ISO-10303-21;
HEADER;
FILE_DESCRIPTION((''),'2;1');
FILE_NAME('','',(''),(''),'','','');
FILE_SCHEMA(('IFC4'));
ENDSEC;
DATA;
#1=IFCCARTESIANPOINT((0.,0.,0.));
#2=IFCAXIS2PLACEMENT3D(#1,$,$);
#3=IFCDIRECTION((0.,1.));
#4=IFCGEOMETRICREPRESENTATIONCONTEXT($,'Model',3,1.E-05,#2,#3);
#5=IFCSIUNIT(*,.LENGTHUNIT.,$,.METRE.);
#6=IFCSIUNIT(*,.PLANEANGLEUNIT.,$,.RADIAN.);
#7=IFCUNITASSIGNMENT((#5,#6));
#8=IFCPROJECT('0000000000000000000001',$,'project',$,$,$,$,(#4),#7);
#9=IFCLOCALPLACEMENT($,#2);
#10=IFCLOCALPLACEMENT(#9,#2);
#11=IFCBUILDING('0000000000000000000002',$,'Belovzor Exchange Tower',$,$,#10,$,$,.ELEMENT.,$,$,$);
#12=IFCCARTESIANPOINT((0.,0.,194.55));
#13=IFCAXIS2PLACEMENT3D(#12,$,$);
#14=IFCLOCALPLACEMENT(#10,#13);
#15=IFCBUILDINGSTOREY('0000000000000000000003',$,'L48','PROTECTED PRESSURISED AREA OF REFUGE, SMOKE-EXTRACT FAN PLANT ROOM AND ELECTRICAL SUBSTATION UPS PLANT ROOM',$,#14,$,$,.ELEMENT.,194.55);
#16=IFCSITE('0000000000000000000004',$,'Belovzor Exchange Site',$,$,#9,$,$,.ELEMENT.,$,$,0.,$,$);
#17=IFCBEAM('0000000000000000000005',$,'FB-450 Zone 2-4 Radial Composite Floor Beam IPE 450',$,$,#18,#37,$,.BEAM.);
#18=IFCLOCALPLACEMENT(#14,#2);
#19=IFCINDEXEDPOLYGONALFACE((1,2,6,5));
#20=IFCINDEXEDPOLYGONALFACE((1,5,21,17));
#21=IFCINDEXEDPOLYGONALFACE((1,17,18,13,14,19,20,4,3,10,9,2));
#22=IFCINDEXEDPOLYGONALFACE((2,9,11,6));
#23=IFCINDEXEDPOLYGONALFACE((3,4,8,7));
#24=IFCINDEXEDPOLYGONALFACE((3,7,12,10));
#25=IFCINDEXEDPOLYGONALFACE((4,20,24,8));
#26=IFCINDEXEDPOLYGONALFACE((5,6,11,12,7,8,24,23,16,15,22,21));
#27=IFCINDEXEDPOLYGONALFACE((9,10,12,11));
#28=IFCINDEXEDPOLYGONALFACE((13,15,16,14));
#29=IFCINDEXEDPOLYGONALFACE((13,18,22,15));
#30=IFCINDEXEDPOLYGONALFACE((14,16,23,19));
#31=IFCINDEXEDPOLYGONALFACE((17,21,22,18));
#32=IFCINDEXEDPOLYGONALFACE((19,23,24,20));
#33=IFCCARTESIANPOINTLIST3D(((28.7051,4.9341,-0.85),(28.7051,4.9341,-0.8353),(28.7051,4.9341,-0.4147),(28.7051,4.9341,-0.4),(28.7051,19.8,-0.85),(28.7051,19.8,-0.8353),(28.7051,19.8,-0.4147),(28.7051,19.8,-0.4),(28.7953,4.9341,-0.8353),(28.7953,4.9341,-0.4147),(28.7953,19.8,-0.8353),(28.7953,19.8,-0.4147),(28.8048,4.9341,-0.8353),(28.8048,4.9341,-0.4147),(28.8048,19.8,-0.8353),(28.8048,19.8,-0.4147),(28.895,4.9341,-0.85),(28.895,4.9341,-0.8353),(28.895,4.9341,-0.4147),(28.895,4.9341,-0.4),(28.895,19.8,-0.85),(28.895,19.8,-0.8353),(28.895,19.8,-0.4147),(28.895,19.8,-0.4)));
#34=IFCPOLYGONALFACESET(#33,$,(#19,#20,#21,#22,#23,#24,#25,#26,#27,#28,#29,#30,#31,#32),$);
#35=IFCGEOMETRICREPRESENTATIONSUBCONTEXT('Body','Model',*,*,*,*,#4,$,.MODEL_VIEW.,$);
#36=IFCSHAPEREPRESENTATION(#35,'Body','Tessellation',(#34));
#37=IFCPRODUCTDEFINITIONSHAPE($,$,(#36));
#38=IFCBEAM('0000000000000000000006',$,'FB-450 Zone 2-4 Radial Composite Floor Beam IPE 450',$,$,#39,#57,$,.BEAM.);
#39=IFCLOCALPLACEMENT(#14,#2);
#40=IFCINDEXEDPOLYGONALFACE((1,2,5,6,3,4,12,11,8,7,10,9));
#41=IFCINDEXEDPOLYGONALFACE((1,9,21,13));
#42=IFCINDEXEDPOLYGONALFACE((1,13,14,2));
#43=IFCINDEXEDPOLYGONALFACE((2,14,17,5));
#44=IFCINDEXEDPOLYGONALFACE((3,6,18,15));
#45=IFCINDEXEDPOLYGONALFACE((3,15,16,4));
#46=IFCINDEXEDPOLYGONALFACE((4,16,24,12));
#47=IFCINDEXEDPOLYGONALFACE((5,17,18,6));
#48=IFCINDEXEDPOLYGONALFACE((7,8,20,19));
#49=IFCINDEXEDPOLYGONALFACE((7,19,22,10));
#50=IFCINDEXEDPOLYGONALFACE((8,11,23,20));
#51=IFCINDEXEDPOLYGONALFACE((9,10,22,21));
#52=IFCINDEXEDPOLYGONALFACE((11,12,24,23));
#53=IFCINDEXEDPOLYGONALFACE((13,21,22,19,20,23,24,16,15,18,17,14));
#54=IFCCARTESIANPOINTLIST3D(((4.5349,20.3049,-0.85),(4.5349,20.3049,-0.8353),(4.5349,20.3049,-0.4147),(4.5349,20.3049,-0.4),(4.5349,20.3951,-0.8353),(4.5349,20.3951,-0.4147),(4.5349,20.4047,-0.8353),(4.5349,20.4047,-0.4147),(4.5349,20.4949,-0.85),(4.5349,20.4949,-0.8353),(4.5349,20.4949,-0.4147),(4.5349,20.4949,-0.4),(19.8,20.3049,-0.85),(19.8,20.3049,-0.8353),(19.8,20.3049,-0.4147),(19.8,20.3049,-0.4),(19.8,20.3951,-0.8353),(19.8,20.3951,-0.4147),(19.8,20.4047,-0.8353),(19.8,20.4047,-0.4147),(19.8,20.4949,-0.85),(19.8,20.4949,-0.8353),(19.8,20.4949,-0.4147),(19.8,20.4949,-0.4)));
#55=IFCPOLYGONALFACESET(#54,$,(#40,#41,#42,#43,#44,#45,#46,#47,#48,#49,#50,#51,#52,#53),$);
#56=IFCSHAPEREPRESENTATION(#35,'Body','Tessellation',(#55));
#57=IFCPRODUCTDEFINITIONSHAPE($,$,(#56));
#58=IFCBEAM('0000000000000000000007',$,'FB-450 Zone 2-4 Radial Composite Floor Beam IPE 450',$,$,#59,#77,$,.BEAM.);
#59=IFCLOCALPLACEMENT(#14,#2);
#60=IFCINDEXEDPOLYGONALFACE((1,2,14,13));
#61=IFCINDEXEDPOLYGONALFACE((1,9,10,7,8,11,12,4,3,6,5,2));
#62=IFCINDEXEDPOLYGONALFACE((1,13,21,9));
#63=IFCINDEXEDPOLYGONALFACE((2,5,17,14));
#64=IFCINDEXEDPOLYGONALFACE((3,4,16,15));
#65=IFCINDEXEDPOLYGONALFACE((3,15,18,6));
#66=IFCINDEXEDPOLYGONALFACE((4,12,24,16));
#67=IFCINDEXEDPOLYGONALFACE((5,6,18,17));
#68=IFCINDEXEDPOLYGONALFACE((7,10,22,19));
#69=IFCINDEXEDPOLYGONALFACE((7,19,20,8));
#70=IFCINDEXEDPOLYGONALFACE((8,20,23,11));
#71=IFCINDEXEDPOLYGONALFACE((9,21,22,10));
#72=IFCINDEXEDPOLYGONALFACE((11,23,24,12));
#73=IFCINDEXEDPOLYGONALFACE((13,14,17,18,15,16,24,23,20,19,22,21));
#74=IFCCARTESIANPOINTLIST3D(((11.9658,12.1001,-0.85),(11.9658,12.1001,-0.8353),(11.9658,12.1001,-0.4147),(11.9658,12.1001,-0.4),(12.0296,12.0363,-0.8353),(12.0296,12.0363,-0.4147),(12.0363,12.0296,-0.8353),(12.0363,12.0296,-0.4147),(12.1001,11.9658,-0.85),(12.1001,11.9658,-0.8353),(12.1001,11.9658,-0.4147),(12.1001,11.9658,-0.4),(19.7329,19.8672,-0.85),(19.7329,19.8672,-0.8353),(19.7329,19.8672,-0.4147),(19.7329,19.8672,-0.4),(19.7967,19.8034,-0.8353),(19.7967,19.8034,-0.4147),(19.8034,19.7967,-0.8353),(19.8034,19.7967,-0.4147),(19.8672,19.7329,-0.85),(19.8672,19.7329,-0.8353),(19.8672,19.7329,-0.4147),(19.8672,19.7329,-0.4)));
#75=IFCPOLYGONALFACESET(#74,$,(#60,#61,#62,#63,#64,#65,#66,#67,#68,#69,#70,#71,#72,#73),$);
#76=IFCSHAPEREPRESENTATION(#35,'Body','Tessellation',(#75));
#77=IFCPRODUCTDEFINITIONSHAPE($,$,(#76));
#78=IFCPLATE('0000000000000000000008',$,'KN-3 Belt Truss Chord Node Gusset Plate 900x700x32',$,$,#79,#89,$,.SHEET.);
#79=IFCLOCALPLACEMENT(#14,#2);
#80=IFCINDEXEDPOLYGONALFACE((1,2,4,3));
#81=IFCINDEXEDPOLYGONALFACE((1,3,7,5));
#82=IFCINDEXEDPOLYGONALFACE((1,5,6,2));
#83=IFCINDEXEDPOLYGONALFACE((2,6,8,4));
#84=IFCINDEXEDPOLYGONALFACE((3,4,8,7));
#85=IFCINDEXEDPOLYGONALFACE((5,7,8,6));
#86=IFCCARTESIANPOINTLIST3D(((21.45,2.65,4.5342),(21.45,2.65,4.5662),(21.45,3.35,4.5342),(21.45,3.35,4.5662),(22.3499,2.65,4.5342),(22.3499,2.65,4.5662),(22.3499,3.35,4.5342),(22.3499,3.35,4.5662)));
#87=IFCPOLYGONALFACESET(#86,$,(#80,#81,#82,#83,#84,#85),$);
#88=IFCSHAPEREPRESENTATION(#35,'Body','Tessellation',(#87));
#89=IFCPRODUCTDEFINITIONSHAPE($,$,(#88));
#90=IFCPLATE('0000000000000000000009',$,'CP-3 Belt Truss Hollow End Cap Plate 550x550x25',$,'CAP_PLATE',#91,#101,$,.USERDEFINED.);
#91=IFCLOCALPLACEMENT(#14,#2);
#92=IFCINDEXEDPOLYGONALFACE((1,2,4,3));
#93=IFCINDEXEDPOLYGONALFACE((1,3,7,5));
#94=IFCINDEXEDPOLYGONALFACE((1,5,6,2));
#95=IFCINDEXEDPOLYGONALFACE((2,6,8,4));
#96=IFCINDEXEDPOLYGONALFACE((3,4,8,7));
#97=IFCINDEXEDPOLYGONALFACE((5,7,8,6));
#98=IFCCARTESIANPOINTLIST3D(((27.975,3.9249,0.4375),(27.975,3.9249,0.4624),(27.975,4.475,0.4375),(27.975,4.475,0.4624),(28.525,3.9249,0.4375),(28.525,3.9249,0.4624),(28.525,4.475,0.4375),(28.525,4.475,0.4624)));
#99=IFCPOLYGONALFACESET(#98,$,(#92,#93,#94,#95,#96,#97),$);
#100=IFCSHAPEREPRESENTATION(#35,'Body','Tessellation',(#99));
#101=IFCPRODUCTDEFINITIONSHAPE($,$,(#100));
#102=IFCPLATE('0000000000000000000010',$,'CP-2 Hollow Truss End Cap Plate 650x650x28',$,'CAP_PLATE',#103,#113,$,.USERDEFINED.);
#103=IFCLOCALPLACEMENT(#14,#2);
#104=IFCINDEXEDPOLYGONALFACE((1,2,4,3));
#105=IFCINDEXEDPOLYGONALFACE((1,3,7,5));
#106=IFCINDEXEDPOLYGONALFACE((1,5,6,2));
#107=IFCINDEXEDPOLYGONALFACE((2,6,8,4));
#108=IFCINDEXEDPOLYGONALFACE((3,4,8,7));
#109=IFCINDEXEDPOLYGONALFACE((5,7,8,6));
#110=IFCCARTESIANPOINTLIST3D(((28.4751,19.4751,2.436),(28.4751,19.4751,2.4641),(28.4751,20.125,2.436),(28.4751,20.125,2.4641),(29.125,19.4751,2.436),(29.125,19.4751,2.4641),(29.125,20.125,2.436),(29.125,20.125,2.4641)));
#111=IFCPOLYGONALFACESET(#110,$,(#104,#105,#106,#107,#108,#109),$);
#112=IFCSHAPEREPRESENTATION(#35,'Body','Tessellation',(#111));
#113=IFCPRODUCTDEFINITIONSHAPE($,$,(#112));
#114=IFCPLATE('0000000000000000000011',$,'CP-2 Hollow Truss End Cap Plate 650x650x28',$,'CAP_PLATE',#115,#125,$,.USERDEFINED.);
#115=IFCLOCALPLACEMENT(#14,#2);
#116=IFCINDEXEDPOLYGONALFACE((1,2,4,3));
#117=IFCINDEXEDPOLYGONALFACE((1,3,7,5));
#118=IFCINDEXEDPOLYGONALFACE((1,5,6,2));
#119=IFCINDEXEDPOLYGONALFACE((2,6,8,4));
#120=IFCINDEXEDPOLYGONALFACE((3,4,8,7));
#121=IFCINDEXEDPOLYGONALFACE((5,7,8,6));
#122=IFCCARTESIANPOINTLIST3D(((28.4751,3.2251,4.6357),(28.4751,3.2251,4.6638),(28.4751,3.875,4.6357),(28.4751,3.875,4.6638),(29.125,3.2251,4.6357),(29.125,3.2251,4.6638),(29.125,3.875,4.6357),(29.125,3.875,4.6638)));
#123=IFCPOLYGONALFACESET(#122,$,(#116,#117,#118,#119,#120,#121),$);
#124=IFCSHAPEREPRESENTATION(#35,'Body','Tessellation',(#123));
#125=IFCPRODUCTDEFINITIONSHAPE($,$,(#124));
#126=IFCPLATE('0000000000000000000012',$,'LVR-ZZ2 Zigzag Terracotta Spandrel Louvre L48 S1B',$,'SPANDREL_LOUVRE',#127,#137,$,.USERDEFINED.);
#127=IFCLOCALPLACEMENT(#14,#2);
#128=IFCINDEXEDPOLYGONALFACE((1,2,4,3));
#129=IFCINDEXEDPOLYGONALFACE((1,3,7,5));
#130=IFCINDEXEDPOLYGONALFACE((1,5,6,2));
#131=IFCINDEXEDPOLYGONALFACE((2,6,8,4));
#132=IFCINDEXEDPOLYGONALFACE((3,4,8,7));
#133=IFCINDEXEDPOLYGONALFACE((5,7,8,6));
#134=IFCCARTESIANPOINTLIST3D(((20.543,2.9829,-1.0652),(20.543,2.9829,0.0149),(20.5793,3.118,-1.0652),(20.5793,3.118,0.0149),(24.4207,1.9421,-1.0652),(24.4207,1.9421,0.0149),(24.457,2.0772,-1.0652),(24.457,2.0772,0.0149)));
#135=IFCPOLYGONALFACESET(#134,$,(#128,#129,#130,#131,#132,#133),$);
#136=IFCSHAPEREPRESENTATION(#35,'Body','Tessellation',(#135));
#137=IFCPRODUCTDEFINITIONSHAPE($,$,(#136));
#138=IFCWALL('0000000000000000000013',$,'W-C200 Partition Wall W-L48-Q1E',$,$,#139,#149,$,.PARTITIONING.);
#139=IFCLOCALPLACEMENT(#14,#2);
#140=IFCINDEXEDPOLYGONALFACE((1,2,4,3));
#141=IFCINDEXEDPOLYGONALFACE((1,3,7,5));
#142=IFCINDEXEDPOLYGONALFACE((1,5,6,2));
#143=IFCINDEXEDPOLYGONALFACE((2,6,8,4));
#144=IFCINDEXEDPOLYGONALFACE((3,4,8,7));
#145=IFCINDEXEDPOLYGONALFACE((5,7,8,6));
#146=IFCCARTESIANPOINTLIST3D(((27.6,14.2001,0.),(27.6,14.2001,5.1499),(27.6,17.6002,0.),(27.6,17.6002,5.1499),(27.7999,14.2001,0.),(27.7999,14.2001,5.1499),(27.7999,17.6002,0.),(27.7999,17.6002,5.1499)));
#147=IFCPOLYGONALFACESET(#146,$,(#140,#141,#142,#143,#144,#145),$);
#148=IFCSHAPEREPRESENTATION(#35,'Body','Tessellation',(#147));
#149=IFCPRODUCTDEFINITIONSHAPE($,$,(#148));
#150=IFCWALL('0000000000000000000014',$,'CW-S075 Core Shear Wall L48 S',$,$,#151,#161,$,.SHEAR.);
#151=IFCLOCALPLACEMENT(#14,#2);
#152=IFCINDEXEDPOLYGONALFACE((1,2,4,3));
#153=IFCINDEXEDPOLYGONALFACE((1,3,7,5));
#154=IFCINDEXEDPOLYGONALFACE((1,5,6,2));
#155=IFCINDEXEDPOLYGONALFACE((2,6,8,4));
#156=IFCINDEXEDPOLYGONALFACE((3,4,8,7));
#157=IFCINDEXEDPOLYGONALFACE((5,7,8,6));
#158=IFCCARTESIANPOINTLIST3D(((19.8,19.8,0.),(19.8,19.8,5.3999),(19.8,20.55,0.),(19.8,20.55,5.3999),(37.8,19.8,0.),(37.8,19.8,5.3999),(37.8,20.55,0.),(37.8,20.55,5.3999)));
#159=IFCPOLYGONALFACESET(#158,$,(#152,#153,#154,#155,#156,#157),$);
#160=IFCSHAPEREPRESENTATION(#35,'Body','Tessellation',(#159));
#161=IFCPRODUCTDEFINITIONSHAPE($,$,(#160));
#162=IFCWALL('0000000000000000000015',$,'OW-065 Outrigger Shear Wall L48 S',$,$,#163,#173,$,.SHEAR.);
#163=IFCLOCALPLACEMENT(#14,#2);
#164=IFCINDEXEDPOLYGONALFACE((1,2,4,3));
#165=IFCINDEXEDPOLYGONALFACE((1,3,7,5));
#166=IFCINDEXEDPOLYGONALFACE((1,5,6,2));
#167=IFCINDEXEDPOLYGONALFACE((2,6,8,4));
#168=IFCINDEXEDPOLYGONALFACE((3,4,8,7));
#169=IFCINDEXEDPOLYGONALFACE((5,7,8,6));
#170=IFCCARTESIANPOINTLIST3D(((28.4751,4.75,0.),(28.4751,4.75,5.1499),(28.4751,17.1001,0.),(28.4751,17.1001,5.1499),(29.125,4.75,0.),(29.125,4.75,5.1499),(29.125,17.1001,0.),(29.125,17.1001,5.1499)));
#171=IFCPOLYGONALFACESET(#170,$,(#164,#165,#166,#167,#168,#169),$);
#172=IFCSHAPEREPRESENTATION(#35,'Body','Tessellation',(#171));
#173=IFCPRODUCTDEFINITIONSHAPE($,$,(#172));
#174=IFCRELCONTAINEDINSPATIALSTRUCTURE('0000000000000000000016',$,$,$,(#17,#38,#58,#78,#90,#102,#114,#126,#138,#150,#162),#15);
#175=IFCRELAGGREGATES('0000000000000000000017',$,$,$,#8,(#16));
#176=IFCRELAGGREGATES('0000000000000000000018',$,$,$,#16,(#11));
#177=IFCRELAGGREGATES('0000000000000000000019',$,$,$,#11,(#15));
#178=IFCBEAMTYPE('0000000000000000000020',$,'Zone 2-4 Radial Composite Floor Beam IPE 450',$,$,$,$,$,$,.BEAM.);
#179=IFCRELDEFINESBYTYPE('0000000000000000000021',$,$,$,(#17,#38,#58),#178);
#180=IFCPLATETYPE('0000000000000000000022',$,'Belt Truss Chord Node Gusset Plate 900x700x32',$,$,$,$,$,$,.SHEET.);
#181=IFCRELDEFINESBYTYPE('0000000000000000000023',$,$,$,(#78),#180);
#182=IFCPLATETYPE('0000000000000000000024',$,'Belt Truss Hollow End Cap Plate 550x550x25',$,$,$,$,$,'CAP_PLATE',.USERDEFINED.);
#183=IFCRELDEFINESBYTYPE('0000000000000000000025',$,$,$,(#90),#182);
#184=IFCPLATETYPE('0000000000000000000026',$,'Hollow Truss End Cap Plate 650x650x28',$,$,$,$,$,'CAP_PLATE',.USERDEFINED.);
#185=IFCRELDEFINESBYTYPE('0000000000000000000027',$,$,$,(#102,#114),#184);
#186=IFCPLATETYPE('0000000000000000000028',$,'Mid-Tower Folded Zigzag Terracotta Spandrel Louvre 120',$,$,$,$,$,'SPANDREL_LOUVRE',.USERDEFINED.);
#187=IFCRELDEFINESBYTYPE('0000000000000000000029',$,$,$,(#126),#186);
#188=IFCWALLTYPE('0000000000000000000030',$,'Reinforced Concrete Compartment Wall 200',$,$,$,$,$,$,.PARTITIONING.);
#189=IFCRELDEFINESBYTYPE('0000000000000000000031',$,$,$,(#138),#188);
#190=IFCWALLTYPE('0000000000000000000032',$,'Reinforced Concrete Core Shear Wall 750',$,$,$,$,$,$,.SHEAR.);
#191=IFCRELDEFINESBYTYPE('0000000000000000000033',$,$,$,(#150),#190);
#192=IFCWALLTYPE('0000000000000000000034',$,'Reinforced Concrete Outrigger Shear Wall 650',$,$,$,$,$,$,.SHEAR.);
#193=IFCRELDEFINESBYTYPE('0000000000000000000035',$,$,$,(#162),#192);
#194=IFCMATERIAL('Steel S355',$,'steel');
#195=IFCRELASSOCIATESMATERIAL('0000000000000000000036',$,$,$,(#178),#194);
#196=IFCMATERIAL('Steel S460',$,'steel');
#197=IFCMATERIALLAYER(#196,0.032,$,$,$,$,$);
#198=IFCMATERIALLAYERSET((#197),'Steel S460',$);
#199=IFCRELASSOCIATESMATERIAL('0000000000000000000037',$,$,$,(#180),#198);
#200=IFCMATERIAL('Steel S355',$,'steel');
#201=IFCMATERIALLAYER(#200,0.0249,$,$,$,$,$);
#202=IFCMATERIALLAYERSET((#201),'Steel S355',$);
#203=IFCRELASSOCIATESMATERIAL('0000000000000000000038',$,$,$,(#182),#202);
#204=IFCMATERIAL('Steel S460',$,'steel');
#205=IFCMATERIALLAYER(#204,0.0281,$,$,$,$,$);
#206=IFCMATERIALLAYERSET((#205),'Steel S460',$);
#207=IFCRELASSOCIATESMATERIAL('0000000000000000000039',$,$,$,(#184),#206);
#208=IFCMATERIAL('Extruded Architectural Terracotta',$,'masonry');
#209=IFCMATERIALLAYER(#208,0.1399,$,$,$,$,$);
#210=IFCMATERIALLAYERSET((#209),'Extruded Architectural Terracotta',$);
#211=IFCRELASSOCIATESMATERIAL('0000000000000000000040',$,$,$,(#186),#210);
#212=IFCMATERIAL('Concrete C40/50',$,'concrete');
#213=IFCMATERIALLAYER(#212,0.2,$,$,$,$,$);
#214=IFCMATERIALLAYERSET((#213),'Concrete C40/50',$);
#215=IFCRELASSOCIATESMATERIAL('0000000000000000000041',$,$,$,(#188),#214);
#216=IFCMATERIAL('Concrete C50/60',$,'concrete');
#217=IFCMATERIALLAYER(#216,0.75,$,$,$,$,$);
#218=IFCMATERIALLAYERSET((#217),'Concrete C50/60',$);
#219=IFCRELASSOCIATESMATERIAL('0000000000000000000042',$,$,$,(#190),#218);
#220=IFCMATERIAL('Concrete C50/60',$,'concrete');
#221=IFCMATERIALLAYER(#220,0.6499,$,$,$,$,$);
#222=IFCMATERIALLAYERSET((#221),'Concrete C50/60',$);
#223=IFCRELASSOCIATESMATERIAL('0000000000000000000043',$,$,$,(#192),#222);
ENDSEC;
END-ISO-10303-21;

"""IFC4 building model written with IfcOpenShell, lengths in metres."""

from ifc_helpers import new_model, si_unit, direction, frame, frame_2d, origin, origin_2d, place, context, subcontext, project, spatial, rectangle, i_section, extrude, material, layer, layer_set, material_profile, profile_set, type_object, element, save


model = new_model("IFC4")

# Units and contexts
model_context = context("Model", 3, precision=1e-05, world=origin(), true_north=direction((0.0, 1.0)))
body_context = subcontext(model_context, "Body", "Model", "MODEL_VIEW")
ifc_project = project(units=[si_unit("LENGTHUNIT", "METRE"), si_unit("PLANEANGLEUNIT", "RADIAN")], contexts=[model_context])

# Site, building, storey
site_placement = place(None, origin())
site = spatial("IfcSite", under=ifc_project, at=site_placement, Name="Belovzor Exchange Site", CompositionType="ELEMENT", RefElevation=0.0)
building_placement = place(site_placement, origin())
building = spatial("IfcBuilding", under=site, at=building_placement, Name="Belovzor Exchange Tower", CompositionType="ELEMENT")
storey_placement = place(building_placement, frame((0.0, 0.0, 194.55)))
storey = spatial("IfcBuildingStorey", under=building, at=storey_placement, Name="L48", Description="PROTECTED PRESSURISED AREA OF REFUGE, SMOKE-EXTRACT FAN PLANT ROOM AND ELECTRICAL SUBSTATION UPS PLANT ROOM", CompositionType="ELEMENT", Elevation=194.55)

# Beams
ifc_material_1 = material(Name="Steel S355", Category="steel")
ifc_material_profile_1 = material_profile(ifc_material_1, i_section(OverallWidth=0.1899, OverallDepth=0.45, WebThickness=0.0095, FlangeThickness=0.0146, at=origin_2d()))
ifc_profile_set_1 = profile_set([ifc_material_profile_1], Name="Steel S355")
beam_type_1 = type_object("IfcBeamType", Name="Zone 2-4 Radial Composite Floor Beam IPE 450", PredefinedType="BEAM", material=ifc_profile_set_1)
beam_1_placement = place(storey_placement, frame((28.8, 19.8, -0.625), z_axis=(0.0, -1.0, 0.0), x_axis=(1.0, 0.0, 0.0)))
element("IfcBeam", 1, at=beam_1_placement, inside=storey, type_object=beam_type_1, Name="FB-450 Zone 2-4 Radial Composite Floor Beam IPE 450", PredefinedType="BEAM", context=body_context, shape_type="SweptSolid", body=[
    extrude(i_section(OverallWidth=0.1899, OverallDepth=0.45, WebThickness=0.0095, FlangeThickness=0.0146, at=origin_2d()), origin(), (0.0, 0.0, 1.0), 14.866),
])
beam_2_placement = place(storey_placement, frame((19.8, 20.3999, -0.625), z_axis=(-1.0, 0.0, 0.0), x_axis=(0.0, -1.0, 0.0)))
element("IfcBeam", 2, at=beam_2_placement, inside=storey, type_object=beam_type_1, Name="FB-450 Zone 2-4 Radial Composite Floor Beam IPE 450", PredefinedType="BEAM", context=body_context, shape_type="SweptSolid", body=[
    extrude(i_section(OverallWidth=0.1899, OverallDepth=0.45, WebThickness=0.0095, FlangeThickness=0.0146, at=origin_2d()), origin(), (0.0, 0.0, 1.0), 15.2651),
])
beam_3_placement = place(storey_placement, frame((19.8, 19.8, -0.625), z_axis=(-0.707107, -0.707107, 0.0), x_axis=(0.707107, -0.707107, 0.0)))
element("IfcBeam", 3, at=beam_3_placement, inside=storey, type_object=beam_type_1, Name="FB-450 Zone 2-4 Radial Composite Floor Beam IPE 450", PredefinedType="BEAM", context=body_context, shape_type="SweptSolid", body=[
    extrude(i_section(OverallWidth=0.1899, OverallDepth=0.45, WebThickness=0.0095, FlangeThickness=0.0146, at=origin_2d()), origin(), (0.0, 0.0, 1.0), 10.9844),
])

# Plates
ifc_material_2 = material(Name="Steel S460", Category="steel")
ifc_layer_1 = layer(ifc_material_2, 0.032)
ifc_layer_set_1 = layer_set([ifc_layer_1], Name="Steel S460")
plate_type_1 = type_object("IfcPlateType", Name="Belt Truss Chord Node Gusset Plate 900x700x32", PredefinedType="SHEET", material=ifc_layer_set_1)
plate_1_placement = place(storey_placement, frame((21.8999, 3.0, 4.5342), z_axis=(0.0, 0.0, 1.0), x_axis=(1.0, 0.0, 0.0)))
element("IfcPlate", 4, at=plate_1_placement, inside=storey, type_object=plate_type_1, Name="KN-3 Belt Truss Chord Node Gusset Plate 900x700x32", PredefinedType="SHEET", context=body_context, shape_type="SweptSolid", body=[
    extrude(rectangle(XDim=0.8999, YDim=0.7, at=origin_2d()), origin(), (0.0, 0.0, 1.0), 0.032),
])
ifc_material_3 = material(Name="Steel S355", Category="steel")
ifc_layer_2 = layer(ifc_material_3, 0.0249)
ifc_layer_set_2 = layer_set([ifc_layer_2], Name="Steel S355")
plate_type_2 = type_object("IfcPlateType", Name="Belt Truss Hollow End Cap Plate 550x550x25", ElementType="CAP_PLATE", PredefinedType="USERDEFINED", material=ifc_layer_set_2)
plate_2_placement = place(storey_placement, frame((28.25, 4.2, 0.4375), z_axis=(0.0, 0.0, 1.0), x_axis=(1.0, 0.0, 0.0)))
element("IfcPlate", 5, at=plate_2_placement, inside=storey, type_object=plate_type_2, Name="CP-3 Belt Truss Hollow End Cap Plate 550x550x25", ObjectType="CAP_PLATE", PredefinedType="USERDEFINED", context=body_context, shape_type="SweptSolid", body=[
    extrude(rectangle(XDim=0.55, YDim=0.55, at=origin_2d()), origin(), (0.0, 0.0, 1.0), 0.0249),
])
ifc_material_4 = material(Name="Steel S460", Category="steel")
ifc_layer_3 = layer(ifc_material_4, 0.0281)
ifc_layer_set_3 = layer_set([ifc_layer_3], Name="Steel S460")
plate_type_3 = type_object("IfcPlateType", Name="Hollow Truss End Cap Plate 650x650x28", ElementType="CAP_PLATE", PredefinedType="USERDEFINED", material=ifc_layer_set_3)
for number, where, z_axis, x_axis, name in (
    (6, (28.8, 19.8, 2.436), (0.0, 0.0, 1.0), (1.0, 0.0, 0.0), "CP-2 Hollow Truss End Cap Plate 650x650x28"),
    (7, (28.8, 3.55, 4.6357), (0.0, 0.0, 1.0), (1.0, 0.0, 0.0), "CP-2 Hollow Truss End Cap Plate 650x650x28"),
):
    element("IfcPlate", number, at=place(storey_placement, frame(where, z_axis=z_axis, x_axis=x_axis)), inside=storey, type_object=plate_type_3, Name=name, ObjectType="CAP_PLATE", PredefinedType="USERDEFINED", context=body_context, shape_type="SweptSolid", body=[
        extrude(rectangle(XDim=0.6499, YDim=0.6499, at=origin_2d()), origin(), (0.0, 0.0, 1.0), 0.0281),
    ])
ifc_material_5 = material(Name="Extruded Architectural Terracotta", Category="masonry")
ifc_layer_4 = layer(ifc_material_5, 0.1399)
ifc_layer_set_4 = layer_set([ifc_layer_4], Name="Extruded Architectural Terracotta")
plate_type_4 = type_object("IfcPlateType", Name="Mid-Tower Folded Zigzag Terracotta Spandrel Louvre 120", ElementType="SPANDREL_LOUVRE", PredefinedType="USERDEFINED", material=ifc_layer_set_4)
plate_3_placement = place(storey_placement, frame((22.5, 2.53, -1.0652), z_axis=(0.0, 0.0, 1.0), x_axis=(0.965813, -0.25924, 0.0)))
element("IfcPlate", 8, at=plate_3_placement, inside=storey, type_object=plate_type_4, Name="LVR-ZZ2 Zigzag Terracotta Spandrel Louvre L48 S1B", ObjectType="SPANDREL_LOUVRE", PredefinedType="USERDEFINED", context=body_context, shape_type="SweptSolid", body=[
    extrude(rectangle(XDim=4.0149, YDim=0.1399, at=origin_2d()), origin(), (0.0, 0.0, 1.0), 1.0801),
])

# Walls
ifc_material_6 = material(Name="Concrete C40/50", Category="concrete")
ifc_layer_5 = layer(ifc_material_6, 0.2)
ifc_layer_set_5 = layer_set([ifc_layer_5], Name="Concrete C40/50")
wall_type_1 = type_object("IfcWallType", Name="Reinforced Concrete Compartment Wall 200", PredefinedType="PARTITIONING", material=ifc_layer_set_5)
wall_1_placement = place(storey_placement, frame((27.7, 14.2, 0.0), z_axis=(0.0, 0.0, 1.0), x_axis=(0.0, 1.0, 0.0)))
element("IfcWall", 9, at=wall_1_placement, inside=storey, type_object=wall_type_1, Name="W-C200 Partition Wall W-L48-Q1E", PredefinedType="PARTITIONING", context=body_context, shape_type="SweptSolid", body=[
    extrude(rectangle(XDim=3.4001, YDim=0.2, at=frame_2d((1.7002, 0.0))), origin(), (0.0, 0.0, 1.0), 5.1499),
])
ifc_material_7 = material(Name="Concrete C50/60", Category="concrete")
ifc_layer_6 = layer(ifc_material_7, 0.75)
ifc_layer_set_6 = layer_set([ifc_layer_6], Name="Concrete C50/60")
wall_type_2 = type_object("IfcWallType", Name="Reinforced Concrete Core Shear Wall 750", PredefinedType="SHEAR", material=ifc_layer_set_6)
wall_2_placement = place(storey_placement, frame((19.8, 20.175, 0.0), z_axis=(0.0, 0.0, 1.0), x_axis=(1.0, 0.0, 0.0)))
element("IfcWall", 10, at=wall_2_placement, inside=storey, type_object=wall_type_2, Name="CW-S075 Core Shear Wall L48 S", PredefinedType="SHEAR", context=body_context, shape_type="SweptSolid", body=[
    extrude(rectangle(XDim=18.0, YDim=0.75, at=frame_2d((9.0, 0.0))), origin(), (0.0, 0.0, 1.0), 5.3999),
])
ifc_material_8 = material(Name="Concrete C50/60", Category="concrete")
ifc_layer_7 = layer(ifc_material_8, 0.6499)
ifc_layer_set_7 = layer_set([ifc_layer_7], Name="Concrete C50/60")
wall_type_3 = type_object("IfcWallType", Name="Reinforced Concrete Outrigger Shear Wall 650", PredefinedType="SHEAR", material=ifc_layer_set_7)
wall_3_placement = place(storey_placement, frame((28.8, 17.1001, 0.0), z_axis=(0.0, 0.0, 1.0), x_axis=(0.0, -1.0, 0.0)))
element("IfcWall", 11, at=wall_3_placement, inside=storey, type_object=wall_type_3, Name="OW-065 Outrigger Shear Wall L48 S", PredefinedType="SHEAR", context=body_context, shape_type="SweptSolid", body=[
    extrude(rectangle(XDim=12.3501, YDim=0.6499, at=frame_2d((6.175, 0.0))), origin(), (0.0, 0.0, 1.0), 5.1499),
])

save(model, "model.ifc")
